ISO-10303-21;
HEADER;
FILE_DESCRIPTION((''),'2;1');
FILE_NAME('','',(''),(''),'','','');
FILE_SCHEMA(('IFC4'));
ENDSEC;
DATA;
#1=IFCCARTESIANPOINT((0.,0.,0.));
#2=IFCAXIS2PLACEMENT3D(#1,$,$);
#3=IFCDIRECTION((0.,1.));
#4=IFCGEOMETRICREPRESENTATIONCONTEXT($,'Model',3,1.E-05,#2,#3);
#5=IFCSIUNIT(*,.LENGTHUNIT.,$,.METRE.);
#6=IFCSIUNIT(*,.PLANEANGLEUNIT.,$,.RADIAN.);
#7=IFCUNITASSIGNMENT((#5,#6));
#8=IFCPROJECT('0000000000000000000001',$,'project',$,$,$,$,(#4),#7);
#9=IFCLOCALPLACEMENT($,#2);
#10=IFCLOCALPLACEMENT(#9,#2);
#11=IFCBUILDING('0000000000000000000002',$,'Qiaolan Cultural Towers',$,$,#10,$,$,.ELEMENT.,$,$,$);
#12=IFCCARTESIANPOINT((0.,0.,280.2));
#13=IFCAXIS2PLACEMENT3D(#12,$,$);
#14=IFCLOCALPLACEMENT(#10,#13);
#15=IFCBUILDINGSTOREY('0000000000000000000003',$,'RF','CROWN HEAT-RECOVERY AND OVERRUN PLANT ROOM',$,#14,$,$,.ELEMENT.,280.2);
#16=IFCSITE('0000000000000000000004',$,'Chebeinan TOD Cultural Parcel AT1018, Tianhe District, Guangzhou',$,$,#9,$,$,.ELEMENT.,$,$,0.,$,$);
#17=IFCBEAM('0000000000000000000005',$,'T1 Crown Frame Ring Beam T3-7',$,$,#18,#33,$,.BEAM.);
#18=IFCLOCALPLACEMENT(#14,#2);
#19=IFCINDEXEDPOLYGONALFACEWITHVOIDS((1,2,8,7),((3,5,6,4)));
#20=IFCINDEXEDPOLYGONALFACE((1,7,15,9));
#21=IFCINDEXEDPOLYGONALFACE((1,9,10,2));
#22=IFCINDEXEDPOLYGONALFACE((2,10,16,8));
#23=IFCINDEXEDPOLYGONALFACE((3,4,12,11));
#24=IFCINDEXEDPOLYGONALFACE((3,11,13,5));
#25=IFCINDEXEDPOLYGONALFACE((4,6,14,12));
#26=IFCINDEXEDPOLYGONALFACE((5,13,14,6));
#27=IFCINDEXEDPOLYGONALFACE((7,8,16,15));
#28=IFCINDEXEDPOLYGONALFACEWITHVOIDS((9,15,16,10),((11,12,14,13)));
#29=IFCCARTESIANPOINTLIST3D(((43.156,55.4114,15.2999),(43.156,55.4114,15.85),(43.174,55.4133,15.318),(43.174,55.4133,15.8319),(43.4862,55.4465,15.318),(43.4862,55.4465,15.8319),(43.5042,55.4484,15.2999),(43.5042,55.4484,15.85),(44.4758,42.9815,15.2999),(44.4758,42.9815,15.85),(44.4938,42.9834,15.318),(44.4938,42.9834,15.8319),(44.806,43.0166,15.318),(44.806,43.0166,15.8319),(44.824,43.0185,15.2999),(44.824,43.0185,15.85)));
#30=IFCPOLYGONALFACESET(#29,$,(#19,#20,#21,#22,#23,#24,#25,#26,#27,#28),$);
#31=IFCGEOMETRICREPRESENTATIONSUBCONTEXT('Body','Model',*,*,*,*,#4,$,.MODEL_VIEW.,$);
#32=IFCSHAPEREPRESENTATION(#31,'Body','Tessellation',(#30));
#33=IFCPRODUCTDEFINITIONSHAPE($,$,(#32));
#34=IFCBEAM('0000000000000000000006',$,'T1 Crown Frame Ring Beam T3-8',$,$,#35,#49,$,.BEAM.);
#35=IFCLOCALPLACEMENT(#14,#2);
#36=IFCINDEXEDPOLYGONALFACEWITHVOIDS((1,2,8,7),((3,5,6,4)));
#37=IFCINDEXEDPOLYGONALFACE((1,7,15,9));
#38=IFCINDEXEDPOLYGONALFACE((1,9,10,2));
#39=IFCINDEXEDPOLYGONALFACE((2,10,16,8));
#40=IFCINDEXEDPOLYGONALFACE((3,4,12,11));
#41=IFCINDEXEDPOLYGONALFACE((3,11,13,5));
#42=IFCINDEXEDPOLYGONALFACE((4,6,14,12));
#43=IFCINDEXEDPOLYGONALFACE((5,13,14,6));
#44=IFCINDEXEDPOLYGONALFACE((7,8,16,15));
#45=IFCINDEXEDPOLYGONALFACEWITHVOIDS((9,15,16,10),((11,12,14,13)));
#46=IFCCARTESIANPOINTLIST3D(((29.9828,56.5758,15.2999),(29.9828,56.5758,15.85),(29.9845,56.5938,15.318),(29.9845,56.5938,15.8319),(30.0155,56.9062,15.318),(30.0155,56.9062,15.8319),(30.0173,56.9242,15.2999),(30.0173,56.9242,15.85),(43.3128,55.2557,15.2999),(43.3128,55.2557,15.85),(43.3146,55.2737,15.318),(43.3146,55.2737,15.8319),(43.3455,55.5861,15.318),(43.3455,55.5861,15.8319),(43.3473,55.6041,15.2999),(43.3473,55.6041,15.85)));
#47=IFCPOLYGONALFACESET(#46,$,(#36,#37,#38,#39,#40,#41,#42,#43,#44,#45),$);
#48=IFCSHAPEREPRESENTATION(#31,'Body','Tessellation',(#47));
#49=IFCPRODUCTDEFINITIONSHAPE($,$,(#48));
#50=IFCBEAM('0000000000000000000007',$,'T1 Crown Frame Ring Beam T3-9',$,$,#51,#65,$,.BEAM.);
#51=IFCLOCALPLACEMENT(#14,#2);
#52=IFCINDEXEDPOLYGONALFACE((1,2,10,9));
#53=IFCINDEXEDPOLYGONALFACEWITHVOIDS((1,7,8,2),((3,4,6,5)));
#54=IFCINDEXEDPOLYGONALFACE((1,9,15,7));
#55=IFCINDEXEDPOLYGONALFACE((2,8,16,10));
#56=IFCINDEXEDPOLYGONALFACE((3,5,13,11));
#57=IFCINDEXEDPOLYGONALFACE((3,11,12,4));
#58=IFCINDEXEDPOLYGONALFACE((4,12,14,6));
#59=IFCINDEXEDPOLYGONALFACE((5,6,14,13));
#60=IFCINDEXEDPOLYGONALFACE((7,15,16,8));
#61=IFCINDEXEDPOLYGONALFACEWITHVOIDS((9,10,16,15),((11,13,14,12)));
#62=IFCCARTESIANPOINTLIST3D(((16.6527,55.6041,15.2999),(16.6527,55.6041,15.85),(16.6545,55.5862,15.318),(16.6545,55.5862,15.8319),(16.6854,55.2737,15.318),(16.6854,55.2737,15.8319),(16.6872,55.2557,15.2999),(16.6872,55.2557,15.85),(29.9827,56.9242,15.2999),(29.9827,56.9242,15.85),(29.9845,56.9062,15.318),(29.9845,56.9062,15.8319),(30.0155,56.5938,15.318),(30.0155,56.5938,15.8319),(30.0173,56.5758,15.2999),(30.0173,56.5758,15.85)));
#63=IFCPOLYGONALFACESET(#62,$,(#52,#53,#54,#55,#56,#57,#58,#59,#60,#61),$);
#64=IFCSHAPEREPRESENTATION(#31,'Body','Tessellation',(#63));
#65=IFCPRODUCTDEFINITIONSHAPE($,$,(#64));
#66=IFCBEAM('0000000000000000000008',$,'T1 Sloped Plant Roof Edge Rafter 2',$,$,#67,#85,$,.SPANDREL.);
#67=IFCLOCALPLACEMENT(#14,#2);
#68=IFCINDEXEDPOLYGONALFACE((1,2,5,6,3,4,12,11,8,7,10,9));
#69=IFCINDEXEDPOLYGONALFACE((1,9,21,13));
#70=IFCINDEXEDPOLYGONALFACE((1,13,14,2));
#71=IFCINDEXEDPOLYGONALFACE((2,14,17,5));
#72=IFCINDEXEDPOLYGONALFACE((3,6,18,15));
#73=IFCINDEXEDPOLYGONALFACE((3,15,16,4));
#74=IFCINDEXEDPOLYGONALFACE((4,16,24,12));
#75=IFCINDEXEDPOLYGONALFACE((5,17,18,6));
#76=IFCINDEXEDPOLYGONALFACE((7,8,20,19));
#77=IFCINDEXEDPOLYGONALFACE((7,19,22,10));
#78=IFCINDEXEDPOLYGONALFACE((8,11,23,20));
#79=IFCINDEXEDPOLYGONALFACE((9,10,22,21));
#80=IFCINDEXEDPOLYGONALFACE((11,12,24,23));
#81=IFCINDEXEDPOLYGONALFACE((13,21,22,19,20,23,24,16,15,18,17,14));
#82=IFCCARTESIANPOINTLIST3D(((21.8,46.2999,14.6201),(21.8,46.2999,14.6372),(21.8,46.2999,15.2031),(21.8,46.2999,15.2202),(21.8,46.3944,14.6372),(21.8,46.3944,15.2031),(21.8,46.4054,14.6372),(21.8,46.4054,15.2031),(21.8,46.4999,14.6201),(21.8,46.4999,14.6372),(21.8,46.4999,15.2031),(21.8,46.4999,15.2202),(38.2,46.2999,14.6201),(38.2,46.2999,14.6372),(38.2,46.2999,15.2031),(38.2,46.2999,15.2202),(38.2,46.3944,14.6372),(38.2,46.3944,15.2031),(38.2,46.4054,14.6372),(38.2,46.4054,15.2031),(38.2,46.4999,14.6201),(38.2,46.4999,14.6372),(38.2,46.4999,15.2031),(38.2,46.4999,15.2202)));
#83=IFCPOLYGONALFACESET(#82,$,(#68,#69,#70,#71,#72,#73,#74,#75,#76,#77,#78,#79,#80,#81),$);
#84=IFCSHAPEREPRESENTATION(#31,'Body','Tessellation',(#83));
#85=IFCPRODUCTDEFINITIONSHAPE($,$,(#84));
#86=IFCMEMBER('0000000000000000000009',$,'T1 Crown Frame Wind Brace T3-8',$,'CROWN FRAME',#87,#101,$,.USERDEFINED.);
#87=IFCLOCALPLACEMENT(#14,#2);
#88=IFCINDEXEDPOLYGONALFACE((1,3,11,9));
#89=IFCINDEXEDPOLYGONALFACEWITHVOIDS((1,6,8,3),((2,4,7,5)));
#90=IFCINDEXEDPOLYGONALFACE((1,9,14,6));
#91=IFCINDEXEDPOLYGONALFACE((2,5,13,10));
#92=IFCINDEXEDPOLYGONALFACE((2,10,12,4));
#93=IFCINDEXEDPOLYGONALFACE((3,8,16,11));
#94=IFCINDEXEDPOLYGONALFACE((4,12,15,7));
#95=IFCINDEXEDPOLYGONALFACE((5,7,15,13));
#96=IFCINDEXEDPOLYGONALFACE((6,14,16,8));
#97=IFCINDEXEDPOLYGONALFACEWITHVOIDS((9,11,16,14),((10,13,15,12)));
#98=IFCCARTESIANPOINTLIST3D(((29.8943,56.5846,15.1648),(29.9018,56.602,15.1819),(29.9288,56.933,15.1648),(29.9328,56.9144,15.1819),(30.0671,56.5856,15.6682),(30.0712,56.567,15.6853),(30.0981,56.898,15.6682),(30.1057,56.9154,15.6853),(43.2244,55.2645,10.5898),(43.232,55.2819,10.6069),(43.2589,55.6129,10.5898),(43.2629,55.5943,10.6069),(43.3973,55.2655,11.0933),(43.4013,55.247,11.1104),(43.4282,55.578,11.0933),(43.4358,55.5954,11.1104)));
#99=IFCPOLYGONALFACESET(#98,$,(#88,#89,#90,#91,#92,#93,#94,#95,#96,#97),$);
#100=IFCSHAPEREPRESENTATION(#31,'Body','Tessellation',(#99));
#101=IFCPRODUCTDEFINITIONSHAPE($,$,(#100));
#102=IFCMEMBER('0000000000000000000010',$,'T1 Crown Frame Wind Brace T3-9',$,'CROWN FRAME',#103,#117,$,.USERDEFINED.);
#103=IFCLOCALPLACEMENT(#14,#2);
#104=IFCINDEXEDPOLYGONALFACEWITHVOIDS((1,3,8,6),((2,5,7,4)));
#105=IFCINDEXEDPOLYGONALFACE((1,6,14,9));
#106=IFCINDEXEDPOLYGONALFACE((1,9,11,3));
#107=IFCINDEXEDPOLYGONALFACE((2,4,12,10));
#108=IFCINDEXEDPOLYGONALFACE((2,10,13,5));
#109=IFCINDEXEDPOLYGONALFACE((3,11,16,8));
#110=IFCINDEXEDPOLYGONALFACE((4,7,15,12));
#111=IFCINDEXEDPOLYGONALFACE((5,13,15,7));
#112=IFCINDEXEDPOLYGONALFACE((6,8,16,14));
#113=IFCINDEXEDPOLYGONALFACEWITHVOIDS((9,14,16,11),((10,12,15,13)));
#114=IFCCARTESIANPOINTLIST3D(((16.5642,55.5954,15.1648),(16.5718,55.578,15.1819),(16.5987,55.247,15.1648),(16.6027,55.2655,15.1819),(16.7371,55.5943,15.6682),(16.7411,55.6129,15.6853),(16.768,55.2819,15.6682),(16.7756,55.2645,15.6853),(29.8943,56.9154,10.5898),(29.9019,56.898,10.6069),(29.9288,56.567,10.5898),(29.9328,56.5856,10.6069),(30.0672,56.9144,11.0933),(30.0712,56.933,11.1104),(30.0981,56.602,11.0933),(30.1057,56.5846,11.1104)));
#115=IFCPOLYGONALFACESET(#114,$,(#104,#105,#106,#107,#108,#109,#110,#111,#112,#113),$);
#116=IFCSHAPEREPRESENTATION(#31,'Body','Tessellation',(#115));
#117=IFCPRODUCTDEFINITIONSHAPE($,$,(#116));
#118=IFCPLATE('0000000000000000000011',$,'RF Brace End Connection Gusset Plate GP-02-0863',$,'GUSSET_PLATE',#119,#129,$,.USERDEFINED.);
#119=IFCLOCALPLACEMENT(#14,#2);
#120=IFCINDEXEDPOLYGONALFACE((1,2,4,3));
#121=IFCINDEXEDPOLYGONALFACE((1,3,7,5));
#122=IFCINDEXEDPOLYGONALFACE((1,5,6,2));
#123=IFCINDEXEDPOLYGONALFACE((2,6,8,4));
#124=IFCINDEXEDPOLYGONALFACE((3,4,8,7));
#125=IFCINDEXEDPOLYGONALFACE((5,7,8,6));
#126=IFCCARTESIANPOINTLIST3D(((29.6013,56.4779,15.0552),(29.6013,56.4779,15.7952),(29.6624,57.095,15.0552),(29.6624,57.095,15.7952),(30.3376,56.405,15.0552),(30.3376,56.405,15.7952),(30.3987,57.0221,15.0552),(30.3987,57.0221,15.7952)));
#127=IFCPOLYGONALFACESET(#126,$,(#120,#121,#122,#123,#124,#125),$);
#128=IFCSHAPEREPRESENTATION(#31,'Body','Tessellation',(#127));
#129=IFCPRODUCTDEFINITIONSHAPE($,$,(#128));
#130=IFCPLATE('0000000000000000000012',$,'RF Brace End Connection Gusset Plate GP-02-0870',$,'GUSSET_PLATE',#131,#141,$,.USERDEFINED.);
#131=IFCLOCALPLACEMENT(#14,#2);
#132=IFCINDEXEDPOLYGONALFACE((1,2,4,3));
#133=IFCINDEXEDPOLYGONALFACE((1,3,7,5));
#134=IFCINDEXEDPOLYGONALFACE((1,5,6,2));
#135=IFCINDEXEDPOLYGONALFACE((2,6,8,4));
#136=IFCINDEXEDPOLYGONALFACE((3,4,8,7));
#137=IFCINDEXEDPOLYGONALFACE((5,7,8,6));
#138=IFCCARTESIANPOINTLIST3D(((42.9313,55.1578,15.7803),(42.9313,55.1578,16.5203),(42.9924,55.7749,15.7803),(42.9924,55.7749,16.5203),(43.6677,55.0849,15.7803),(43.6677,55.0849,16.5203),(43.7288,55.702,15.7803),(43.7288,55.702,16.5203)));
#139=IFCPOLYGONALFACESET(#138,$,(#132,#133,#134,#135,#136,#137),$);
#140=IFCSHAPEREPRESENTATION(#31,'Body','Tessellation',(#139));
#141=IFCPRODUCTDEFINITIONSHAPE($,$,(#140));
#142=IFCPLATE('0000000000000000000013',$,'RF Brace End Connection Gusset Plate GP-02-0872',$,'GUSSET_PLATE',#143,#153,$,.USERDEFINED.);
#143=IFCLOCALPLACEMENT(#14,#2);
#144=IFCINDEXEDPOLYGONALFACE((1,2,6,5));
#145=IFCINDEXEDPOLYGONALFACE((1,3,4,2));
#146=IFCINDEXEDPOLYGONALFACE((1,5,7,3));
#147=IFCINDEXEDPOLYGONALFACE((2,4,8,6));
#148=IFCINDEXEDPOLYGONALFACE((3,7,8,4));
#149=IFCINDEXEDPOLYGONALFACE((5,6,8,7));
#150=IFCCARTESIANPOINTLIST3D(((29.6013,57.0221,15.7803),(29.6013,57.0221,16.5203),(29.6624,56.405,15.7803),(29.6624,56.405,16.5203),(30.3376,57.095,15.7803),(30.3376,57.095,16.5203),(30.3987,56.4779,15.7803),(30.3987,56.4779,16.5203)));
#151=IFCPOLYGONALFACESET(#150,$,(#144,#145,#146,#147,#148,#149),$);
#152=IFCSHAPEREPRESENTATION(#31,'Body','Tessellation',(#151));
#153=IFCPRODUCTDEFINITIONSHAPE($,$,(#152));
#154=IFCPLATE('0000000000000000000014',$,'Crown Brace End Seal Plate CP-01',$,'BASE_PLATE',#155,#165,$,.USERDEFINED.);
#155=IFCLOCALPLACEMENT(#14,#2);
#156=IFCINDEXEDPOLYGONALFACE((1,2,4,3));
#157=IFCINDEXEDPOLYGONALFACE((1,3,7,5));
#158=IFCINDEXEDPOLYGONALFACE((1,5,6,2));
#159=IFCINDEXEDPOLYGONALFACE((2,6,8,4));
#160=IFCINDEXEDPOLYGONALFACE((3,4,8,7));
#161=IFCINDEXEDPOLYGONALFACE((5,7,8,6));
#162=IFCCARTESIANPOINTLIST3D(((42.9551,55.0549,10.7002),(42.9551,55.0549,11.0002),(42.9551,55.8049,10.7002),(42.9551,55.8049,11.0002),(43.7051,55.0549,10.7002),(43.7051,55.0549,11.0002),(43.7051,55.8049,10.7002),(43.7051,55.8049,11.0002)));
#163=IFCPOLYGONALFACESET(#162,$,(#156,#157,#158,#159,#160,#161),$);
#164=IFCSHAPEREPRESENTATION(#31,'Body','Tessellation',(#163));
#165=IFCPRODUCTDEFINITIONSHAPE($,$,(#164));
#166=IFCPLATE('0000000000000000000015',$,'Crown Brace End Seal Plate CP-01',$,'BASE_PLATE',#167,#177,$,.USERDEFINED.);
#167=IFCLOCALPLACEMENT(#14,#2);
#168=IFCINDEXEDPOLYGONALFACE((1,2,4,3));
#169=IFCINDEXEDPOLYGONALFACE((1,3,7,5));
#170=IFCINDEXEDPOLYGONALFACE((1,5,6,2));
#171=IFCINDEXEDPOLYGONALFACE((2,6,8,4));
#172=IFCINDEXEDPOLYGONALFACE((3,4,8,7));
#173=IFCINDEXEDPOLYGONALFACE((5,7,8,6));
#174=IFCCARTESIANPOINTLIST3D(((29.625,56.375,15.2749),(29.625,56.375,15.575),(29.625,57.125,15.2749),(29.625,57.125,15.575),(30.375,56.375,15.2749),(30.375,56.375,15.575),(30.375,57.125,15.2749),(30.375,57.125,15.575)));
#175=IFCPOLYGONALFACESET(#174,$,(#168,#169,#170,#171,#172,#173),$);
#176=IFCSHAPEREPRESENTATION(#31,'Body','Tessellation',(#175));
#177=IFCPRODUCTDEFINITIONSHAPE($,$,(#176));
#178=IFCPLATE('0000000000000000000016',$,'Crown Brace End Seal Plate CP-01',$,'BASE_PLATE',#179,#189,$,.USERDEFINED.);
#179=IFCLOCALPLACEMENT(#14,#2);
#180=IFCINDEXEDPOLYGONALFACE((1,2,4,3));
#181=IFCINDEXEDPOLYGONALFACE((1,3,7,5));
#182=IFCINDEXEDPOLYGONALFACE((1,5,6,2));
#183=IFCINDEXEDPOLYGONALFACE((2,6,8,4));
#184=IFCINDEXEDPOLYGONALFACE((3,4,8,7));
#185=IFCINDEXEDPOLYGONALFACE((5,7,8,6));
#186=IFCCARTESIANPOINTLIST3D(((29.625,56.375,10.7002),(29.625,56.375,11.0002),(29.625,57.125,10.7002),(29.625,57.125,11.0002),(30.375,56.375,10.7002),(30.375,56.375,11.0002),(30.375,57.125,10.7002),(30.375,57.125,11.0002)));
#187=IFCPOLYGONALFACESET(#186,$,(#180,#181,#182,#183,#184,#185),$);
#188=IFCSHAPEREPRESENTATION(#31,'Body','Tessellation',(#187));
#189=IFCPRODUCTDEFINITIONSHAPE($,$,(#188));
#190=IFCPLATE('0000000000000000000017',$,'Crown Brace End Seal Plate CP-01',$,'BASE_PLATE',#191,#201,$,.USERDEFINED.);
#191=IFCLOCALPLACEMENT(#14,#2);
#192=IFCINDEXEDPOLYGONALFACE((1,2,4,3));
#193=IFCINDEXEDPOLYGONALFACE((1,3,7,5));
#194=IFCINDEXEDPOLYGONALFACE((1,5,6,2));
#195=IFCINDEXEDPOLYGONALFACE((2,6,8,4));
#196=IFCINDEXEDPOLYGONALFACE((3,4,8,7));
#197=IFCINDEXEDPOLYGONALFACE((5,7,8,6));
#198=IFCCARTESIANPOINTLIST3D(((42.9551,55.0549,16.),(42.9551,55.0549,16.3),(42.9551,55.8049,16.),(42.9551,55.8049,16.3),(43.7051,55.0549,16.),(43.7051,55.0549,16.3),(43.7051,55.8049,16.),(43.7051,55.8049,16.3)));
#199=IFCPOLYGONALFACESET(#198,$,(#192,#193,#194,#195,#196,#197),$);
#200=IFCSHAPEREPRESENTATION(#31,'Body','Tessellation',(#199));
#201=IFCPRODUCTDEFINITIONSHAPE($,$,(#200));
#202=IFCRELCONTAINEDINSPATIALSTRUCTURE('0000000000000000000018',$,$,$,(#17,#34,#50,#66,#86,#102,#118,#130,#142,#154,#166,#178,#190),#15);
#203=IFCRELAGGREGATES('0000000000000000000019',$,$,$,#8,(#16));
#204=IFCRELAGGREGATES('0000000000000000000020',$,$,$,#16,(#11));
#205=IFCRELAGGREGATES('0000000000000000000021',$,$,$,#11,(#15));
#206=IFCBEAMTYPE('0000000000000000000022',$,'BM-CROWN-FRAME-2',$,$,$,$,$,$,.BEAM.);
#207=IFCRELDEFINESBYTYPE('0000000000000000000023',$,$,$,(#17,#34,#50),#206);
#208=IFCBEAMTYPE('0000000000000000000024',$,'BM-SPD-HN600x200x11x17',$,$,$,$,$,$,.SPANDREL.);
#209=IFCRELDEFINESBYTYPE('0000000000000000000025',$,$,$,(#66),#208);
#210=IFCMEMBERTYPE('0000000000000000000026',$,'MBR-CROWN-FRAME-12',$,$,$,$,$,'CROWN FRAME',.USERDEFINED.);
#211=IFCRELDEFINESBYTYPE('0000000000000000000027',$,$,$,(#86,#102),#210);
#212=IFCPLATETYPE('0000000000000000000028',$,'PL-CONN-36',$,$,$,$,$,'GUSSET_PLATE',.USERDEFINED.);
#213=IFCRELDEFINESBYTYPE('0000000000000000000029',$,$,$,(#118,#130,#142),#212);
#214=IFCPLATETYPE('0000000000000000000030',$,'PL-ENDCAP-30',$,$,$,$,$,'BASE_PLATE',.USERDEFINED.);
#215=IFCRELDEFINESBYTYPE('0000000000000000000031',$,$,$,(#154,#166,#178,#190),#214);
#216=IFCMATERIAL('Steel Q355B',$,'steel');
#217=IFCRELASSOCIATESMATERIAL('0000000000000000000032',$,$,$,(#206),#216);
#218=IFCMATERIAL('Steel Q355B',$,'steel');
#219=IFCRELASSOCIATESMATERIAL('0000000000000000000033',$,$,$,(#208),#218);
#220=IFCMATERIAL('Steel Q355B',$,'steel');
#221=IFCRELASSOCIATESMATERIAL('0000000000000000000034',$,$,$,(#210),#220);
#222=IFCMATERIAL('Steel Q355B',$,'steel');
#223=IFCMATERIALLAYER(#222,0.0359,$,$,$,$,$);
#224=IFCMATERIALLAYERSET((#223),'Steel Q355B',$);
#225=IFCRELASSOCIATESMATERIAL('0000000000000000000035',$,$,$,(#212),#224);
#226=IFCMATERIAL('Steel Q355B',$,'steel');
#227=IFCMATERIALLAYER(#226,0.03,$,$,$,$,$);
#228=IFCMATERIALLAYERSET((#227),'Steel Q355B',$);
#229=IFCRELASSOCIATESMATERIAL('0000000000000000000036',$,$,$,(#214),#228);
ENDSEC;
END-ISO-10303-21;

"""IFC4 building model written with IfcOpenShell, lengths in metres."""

from ifc_helpers import new_model, si_unit, direction, frame, origin, origin_2d, place, context, subcontext, project, spatial, rectangle, hollow_rectangle, i_section, extrude, material, layer, layer_set, material_profile, profile_set, type_object, element, save


model = new_model("IFC4")

# Units and contexts
model_context = context("Model", 3, precision=1e-05, world=origin(), true_north=direction((0.0, 1.0)))
body_context = subcontext(model_context, "Body", "Model", "MODEL_VIEW")
ifc_project = project(units=[si_unit("LENGTHUNIT", "METRE"), si_unit("PLANEANGLEUNIT", "RADIAN")], contexts=[model_context])

# Site, building, storey
site_placement = place(None, origin())
site = spatial("IfcSite", under=ifc_project, at=site_placement, Name="Chebeinan TOD Cultural Parcel AT1018, Tianhe District, Guangzhou", CompositionType="ELEMENT", RefElevation=0.0)
building_placement = place(site_placement, origin())
building = spatial("IfcBuilding", under=site, at=building_placement, Name="Qiaolan Cultural Towers", CompositionType="ELEMENT")
storey_placement = place(building_placement, frame((0.0, 0.0, 280.2)))
storey = spatial("IfcBuildingStorey", under=building, at=storey_placement, Name="RF", Description="CROWN HEAT-RECOVERY AND OVERRUN PLANT ROOM", CompositionType="ELEMENT", Elevation=280.2)

# Beams
ifc_material_1 = material(Name="Steel Q355B", Category="steel")
ifc_material_profile_1 = material_profile(ifc_material_1, hollow_rectangle(XDim=0.3501, YDim=0.55, WallThickness=0.0181, at=origin_2d()), Name="BOX550x350x18")
ifc_profile_set_1 = profile_set([ifc_material_profile_1], Name="Steel Q355B")
beam_type_1 = type_object("IfcBeamType", Name="BM-CROWN-FRAME-2", PredefinedType="BEAM", material=ifc_profile_set_1)
beam_1_placement = place(storey_placement, frame((44.6499, 43.0, 15.575), z_axis=(-0.105588, 0.99441, 0.0), x_axis=(-0.99441, -0.105588, 0.0)))
element("IfcBeam", 1, at=beam_1_placement, inside=storey, type_object=beam_type_1, Name="T1 Crown Frame Ring Beam T3-7", PredefinedType="BEAM", context=body_context, shape_type="SweptSolid", body=[
    extrude(hollow_rectangle(XDim=0.3501, YDim=0.55, WallThickness=0.0181, at=origin_2d()), origin(), (0.0, 0.0, 1.0), 12.4998),
])
for number, where, z_axis, x_axis, name in (
    (2, (43.3301, 55.4299, 15.575), (-0.995132, 0.098547, 0.0), (-0.098547, -0.995132, 0.0), "T1 Crown Frame Ring Beam T3-8"),
    (3, (30.0, 56.75, 15.575), (-0.995132, -0.098547, 0.0), (0.098547, -0.995132, 0.0), "T1 Crown Frame Ring Beam T3-9"),
):
    element("IfcBeam", number, at=place(storey_placement, frame(where, z_axis=z_axis, x_axis=x_axis)), inside=storey, type_object=beam_type_1, Name=name, PredefinedType="BEAM", context=body_context, shape_type="SweptSolid", body=[
        extrude(hollow_rectangle(XDim=0.3501, YDim=0.55, WallThickness=0.0181, at=origin_2d()), origin(), (0.0, 0.0, 1.0), 13.3953),
    ])
ifc_material_2 = material(Name="Steel Q355B", Category="steel")
ifc_material_profile_2 = material_profile(ifc_material_2, i_section(OverallWidth=0.2, OverallDepth=0.6001, WebThickness=0.011, FlangeThickness=0.0171, at=origin_2d()), Name="HN600x200x11x17")
ifc_profile_set_2 = profile_set([ifc_material_profile_2], Name="Steel Q355B")
beam_type_2 = type_object("IfcBeamType", Name="BM-SPD-HN600x200x11x17", PredefinedType="SPANDREL", material=ifc_profile_set_2)
beam_2_placement = place(storey_placement, frame((38.2, 46.3999, 14.9202), z_axis=(-1.0, 0.0, 0.0), x_axis=(0.0, -1.0, 0.0)))
element("IfcBeam", 4, at=beam_2_placement, inside=storey, type_object=beam_type_2, Name="T1 Sloped Plant Roof Edge Rafter 2", PredefinedType="SPANDREL", context=body_context, shape_type="SweptSolid", body=[
    extrude(i_section(OverallWidth=0.2, OverallDepth=0.6001, WebThickness=0.011, FlangeThickness=0.0171, at=origin_2d()), origin(), (0.0, 0.0, 1.0), 16.3999),
])

# Members
ifc_material_3 = material(Name="Steel Q355B", Category="steel")
ifc_material_profile_3 = material_profile(ifc_material_3, hollow_rectangle(XDim=0.3501, YDim=0.55, WallThickness=0.0181, at=origin_2d()), Name="BOX550x350x18")
ifc_profile_set_3 = profile_set([ifc_material_profile_3], Name="Steel Q355B")
member_type = type_object("IfcMemberType", Name="MBR-CROWN-FRAME-12", ElementType="CROWN FRAME", PredefinedType="USERDEFINED", material=ifc_profile_set_3)
for number, where, z_axis, x_axis, name in (
    (5, (43.3301, 55.4299, 10.8501), (-0.941723, 0.093258, 0.323204), (-0.098547, -0.995132, 0.0), "T1 Crown Frame Wind Brace T3-8"),
    (6, (30.0, 56.75, 10.8501), (-0.941723, -0.093258, 0.323204), (0.098547, -0.995132, 0.0), "T1 Crown Frame Wind Brace T3-9"),
):
    element("IfcMember", number, at=place(storey_placement, frame(where, z_axis=z_axis, x_axis=x_axis)), inside=storey, type_object=member_type, Name=name, ObjectType="CROWN FRAME", PredefinedType="USERDEFINED", context=body_context, shape_type="SweptSolid", body=[
        extrude(hollow_rectangle(XDim=0.3501, YDim=0.55, WallThickness=0.0181, at=origin_2d()), origin(), (0.0, 0.0, 1.0), 14.155),
    ])

# Plates
ifc_material_4 = material(Name="Steel Q355B", Category="steel")
ifc_layer_1 = layer(ifc_material_4, 0.0359)
ifc_layer_set_1 = layer_set([ifc_layer_1], Name="Steel Q355B")
plate_type_1 = type_object("IfcPlateType", Name="PL-CONN-36", ElementType="GUSSET_PLATE", PredefinedType="USERDEFINED", material=ifc_layer_set_1)
for number, where, z_axis, x_axis, name in (
    (7, (30.0, 56.75, 15.0552), (0.0, 0.0, 1.0), (-0.995133, 0.098543, 0.0), "RF Brace End Connection Gusset Plate GP-02-0863"),
    (8, (43.3301, 55.4299, 15.7803), (0.0, 0.0, 1.0), (-0.995133, 0.098543, 0.0), "RF Brace End Connection Gusset Plate GP-02-0870"),
    (9, (30.0, 56.75, 15.7803), (0.0, 0.0, 1.0), (0.995133, 0.098543, 0.0), "RF Brace End Connection Gusset Plate GP-02-0872"),
):
    element("IfcPlate", number, at=place(storey_placement, frame(where, z_axis=z_axis, x_axis=x_axis)), inside=storey, type_object=plate_type_1, Name=name, ObjectType="GUSSET_PLATE", PredefinedType="USERDEFINED", context=body_context, shape_type="SweptSolid", body=[
        extrude(rectangle(XDim=0.74, YDim=0.6201, at=origin_2d()), origin(), (0.0, 0.0, 1.0), 0.74),
    ])
ifc_material_5 = material(Name="Steel Q355B", Category="steel")
ifc_layer_2 = layer(ifc_material_5, 0.03)
ifc_layer_set_2 = layer_set([ifc_layer_2], Name="Steel Q355B")
plate_type_2 = type_object("IfcPlateType", Name="PL-ENDCAP-30", ElementType="BASE_PLATE", PredefinedType="USERDEFINED", material=ifc_layer_set_2)
for number, where, z_axis, x_axis, name in (
    (10, (43.3301, 55.4299, 10.7002), (0.0, 0.0, 1.0), (1.0, 0.0, 0.0), "Crown Brace End Seal Plate CP-01"),
    (11, (30.0, 56.75, 15.2749), (0.0, 0.0, 1.0), (1.0, 0.0, 0.0), "Crown Brace End Seal Plate CP-01"),
    (12, (30.0, 56.75, 10.7002), (0.0, 0.0, 1.0), (1.0, 0.0, 0.0), "Crown Brace End Seal Plate CP-01"),
    (13, (43.3301, 55.4299, 16.0), (0.0, 0.0, 1.0), (1.0, 0.0, 0.0), "Crown Brace End Seal Plate CP-01"),
):
    element("IfcPlate", number, at=place(storey_placement, frame(where, z_axis=z_axis, x_axis=x_axis)), inside=storey, type_object=plate_type_2, Name=name, ObjectType="BASE_PLATE", PredefinedType="USERDEFINED", context=body_context, shape_type="SweptSolid", body=[
        extrude(rectangle(XDim=0.75, YDim=0.75, at=origin_2d()), origin(), (0.0, 0.0, 1.0), 0.3),
    ])

save(model, "model.ifc")
